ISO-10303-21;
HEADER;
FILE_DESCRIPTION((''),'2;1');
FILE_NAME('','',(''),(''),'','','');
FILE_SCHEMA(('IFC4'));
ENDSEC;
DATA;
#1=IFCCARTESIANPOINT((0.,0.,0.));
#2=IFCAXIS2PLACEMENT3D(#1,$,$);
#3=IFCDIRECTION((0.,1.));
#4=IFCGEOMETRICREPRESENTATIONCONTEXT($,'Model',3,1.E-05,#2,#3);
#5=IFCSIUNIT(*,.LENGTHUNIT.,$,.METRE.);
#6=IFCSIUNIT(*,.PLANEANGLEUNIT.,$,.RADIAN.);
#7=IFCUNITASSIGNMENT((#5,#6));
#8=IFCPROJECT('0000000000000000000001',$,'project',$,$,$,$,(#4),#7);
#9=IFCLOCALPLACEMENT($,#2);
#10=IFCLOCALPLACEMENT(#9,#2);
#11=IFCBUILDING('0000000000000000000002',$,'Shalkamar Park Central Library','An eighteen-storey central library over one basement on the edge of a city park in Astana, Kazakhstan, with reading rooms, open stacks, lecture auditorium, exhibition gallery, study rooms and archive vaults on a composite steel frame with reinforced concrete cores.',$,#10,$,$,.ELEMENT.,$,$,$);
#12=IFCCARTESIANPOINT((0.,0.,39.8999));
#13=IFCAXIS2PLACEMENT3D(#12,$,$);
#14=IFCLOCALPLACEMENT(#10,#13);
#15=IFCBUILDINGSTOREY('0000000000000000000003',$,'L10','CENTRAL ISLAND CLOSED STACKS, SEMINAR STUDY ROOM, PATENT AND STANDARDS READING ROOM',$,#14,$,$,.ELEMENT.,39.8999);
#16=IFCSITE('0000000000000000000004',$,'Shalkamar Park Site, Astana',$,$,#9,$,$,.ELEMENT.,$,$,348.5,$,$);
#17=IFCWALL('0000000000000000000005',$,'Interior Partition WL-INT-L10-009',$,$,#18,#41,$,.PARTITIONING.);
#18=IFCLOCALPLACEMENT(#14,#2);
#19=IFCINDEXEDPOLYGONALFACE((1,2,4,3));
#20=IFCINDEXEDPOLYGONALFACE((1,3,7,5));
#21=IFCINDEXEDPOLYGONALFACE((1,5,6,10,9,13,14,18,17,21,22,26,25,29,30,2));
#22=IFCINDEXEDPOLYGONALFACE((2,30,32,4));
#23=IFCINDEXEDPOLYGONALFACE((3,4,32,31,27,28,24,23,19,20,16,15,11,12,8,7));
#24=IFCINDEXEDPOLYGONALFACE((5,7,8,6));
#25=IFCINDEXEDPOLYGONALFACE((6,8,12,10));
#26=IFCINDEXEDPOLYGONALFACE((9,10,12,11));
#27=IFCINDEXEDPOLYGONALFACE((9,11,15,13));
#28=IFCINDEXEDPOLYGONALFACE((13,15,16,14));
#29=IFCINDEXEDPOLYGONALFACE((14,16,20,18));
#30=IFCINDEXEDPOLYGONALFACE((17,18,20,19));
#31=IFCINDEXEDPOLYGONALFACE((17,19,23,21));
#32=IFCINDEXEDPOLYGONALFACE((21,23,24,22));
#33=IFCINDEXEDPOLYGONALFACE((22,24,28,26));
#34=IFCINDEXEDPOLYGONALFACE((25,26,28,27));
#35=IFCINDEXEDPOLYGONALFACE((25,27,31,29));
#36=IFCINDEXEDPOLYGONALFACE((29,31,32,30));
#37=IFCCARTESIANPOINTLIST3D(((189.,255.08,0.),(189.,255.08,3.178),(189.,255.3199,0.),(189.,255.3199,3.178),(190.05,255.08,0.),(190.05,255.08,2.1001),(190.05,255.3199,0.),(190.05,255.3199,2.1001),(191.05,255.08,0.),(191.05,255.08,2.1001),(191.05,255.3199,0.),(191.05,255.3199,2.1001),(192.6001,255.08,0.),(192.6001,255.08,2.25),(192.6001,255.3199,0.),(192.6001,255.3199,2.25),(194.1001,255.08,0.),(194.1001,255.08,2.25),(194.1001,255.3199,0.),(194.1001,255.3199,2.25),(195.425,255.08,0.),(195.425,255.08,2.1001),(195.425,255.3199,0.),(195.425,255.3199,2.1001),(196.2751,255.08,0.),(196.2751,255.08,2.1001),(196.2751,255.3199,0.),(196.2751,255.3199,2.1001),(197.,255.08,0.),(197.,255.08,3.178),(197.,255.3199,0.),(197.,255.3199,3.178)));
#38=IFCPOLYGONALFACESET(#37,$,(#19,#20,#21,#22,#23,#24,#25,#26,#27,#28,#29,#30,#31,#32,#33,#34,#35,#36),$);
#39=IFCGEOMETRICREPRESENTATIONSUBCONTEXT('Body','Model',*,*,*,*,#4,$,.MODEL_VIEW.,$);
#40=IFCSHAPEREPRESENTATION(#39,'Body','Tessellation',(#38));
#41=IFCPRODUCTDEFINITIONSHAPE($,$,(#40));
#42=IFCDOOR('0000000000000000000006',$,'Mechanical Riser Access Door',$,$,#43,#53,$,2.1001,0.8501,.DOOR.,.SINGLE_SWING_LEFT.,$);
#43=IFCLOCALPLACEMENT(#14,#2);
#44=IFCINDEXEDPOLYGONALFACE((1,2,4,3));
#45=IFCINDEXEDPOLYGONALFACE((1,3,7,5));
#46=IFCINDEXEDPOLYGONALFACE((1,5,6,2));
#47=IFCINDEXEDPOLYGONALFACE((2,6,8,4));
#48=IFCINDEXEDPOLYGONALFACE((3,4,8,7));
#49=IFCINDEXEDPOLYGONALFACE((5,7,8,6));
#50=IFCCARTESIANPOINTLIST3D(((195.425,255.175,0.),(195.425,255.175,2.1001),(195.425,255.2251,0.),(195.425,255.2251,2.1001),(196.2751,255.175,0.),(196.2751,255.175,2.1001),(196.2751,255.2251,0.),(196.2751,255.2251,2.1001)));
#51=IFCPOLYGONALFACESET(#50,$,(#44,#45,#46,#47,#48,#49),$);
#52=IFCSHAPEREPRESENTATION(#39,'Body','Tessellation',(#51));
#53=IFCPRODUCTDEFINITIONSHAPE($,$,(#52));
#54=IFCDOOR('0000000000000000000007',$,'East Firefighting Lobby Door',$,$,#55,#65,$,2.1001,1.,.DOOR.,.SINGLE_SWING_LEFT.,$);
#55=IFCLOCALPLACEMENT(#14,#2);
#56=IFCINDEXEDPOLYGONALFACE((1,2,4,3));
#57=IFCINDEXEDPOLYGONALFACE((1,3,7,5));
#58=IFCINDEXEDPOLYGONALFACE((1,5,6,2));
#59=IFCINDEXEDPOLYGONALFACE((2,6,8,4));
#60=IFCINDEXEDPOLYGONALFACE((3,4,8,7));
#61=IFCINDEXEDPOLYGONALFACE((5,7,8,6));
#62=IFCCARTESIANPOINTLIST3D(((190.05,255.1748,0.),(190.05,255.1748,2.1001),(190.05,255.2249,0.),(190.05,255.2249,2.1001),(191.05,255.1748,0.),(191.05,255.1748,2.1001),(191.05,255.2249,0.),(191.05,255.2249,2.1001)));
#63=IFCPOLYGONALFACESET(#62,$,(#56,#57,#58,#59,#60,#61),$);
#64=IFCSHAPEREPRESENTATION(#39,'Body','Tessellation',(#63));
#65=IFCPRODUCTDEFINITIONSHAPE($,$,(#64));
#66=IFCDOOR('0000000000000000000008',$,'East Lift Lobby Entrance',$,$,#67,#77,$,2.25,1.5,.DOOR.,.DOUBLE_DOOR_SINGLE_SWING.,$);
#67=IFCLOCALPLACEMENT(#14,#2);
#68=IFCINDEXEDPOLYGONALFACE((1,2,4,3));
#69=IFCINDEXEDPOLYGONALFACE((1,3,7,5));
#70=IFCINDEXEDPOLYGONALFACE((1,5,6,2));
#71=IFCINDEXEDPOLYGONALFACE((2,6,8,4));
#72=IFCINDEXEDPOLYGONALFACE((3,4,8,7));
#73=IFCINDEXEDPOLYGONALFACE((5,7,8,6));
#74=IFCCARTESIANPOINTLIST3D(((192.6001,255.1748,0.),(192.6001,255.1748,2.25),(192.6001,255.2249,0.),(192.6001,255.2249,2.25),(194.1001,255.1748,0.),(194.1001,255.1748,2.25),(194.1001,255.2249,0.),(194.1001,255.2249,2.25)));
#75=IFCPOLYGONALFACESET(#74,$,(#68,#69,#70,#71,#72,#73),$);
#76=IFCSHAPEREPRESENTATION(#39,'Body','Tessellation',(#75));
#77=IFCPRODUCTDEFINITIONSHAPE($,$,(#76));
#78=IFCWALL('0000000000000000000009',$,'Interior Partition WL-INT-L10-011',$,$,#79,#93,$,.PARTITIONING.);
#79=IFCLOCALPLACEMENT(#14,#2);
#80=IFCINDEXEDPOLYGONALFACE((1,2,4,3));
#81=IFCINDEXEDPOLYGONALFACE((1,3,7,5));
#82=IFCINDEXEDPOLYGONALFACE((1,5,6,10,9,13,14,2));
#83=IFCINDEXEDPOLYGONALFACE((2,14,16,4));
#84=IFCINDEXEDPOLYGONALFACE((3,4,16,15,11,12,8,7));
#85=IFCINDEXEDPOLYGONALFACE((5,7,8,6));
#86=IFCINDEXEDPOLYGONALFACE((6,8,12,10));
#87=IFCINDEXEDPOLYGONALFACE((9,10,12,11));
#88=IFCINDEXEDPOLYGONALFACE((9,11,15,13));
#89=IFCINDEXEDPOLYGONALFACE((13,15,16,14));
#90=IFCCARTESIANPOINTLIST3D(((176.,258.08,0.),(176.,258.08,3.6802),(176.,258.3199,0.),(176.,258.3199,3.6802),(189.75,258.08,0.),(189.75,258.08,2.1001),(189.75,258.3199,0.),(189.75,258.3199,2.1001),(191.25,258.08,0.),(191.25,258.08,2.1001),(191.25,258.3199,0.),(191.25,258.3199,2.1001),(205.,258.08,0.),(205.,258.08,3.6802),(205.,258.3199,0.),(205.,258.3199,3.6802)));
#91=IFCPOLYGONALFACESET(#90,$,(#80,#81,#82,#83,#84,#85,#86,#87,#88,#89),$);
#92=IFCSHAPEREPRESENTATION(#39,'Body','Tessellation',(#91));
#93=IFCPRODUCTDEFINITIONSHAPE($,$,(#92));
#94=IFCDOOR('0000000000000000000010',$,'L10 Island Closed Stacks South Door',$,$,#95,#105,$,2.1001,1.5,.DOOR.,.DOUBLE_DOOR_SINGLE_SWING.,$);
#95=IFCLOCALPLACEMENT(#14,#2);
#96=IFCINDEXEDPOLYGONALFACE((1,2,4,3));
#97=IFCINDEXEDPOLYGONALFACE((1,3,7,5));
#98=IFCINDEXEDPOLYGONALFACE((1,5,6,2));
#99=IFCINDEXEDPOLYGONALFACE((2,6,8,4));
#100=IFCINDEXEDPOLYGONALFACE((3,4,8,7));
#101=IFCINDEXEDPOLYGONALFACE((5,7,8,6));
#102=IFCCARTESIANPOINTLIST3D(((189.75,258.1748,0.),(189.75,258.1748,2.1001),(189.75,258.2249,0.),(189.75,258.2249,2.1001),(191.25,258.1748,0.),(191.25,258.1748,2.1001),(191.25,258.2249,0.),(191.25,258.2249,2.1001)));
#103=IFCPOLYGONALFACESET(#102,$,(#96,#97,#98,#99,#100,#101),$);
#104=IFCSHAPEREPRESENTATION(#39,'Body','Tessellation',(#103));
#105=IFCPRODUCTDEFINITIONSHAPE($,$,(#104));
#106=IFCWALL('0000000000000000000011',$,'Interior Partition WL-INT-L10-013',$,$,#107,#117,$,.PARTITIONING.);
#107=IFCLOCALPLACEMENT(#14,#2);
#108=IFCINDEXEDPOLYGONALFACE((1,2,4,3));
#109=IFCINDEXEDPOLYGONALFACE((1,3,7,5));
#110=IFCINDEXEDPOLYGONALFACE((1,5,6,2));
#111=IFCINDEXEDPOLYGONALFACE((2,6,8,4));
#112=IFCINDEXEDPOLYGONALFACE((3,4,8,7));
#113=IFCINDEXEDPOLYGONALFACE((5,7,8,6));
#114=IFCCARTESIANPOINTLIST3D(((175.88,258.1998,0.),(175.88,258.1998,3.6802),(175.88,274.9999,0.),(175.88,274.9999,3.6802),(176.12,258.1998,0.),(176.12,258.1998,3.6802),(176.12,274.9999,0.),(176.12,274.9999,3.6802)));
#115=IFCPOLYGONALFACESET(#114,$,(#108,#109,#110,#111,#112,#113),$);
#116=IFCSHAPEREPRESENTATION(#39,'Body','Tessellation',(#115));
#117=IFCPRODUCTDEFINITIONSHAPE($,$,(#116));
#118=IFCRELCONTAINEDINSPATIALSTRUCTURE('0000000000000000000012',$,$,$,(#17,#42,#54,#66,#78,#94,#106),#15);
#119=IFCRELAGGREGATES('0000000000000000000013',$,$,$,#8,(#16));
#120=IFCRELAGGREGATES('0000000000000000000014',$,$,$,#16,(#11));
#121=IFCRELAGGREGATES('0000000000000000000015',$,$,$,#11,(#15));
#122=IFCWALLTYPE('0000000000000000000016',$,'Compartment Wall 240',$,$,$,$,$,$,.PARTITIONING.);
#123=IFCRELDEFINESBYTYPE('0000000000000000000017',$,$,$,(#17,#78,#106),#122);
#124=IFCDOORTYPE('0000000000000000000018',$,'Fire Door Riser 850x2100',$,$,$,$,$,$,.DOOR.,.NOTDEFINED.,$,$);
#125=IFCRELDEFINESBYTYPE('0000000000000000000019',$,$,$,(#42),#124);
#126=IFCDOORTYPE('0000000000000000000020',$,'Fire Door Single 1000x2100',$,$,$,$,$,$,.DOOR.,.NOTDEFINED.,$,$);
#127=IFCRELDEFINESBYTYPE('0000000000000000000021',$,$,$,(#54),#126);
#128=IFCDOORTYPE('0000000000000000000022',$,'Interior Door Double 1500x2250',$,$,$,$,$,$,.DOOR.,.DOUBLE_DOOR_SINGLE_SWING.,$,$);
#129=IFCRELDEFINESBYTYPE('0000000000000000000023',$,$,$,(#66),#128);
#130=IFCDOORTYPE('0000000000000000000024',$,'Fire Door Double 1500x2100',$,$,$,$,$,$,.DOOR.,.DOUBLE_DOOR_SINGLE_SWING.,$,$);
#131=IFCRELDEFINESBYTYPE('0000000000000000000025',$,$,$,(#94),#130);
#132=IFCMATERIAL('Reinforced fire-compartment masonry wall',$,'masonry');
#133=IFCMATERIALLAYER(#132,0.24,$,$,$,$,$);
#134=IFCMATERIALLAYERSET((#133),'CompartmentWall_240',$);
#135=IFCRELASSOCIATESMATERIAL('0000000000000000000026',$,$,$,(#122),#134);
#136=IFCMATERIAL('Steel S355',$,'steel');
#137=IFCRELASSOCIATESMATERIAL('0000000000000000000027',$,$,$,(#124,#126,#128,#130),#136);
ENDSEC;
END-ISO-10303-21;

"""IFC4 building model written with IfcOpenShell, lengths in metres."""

from ifc_helpers import new_model, si_unit, direction, frame, frame_2d, origin, place, context, subcontext, project, spatial, rectangle, extrude, material, layer, layer_set, type_object, element, fill, save


model = new_model("IFC4")

# Units and contexts
model_context = context("Model", 3, precision=1e-05, world=origin(), true_north=direction((0.0, 1.0)))
body_context = subcontext(model_context, "Body", "Model", "MODEL_VIEW")
ifc_project = project(units=[si_unit("LENGTHUNIT", "METRE"), si_unit("PLANEANGLEUNIT", "RADIAN")], contexts=[model_context])

# Site, building, storey
site_placement = place(None, origin())
site = spatial("IfcSite", under=ifc_project, at=site_placement, Name="Shalkamar Park Site, Astana", CompositionType="ELEMENT", RefElevation=348.5)
building_placement = place(site_placement, origin())
building = spatial("IfcBuilding", under=site, at=building_placement, Name="Shalkamar Park Central Library", Description="An eighteen-storey central library over one basement on the edge of a city park in Astana, Kazakhstan, with reading rooms, open stacks, lecture auditorium, exhibition gallery, study rooms and archive vaults on a composite steel frame with reinforced concrete cores.", CompositionType="ELEMENT")
storey_placement = place(building_placement, frame((0.0, 0.0, 39.8999)))
storey = spatial("IfcBuildingStorey", under=building, at=storey_placement, Name="L10", Description="CENTRAL ISLAND CLOSED STACKS, SEMINAR STUDY ROOM, PATENT AND STANDARDS READING ROOM", CompositionType="ELEMENT", Elevation=39.8999)

# Shared definitions
ifc_material_1 = material(Name="Steel S355", Category="steel")

# Wall, openings, doors
ifc_material_2 = material(Name="Reinforced fire-compartment masonry wall", Category="masonry")
ifc_layer_1 = layer(ifc_material_2, 0.24)
ifc_layer_set_1 = layer_set([ifc_layer_1], Name="CompartmentWall_240")
wall_type_1 = type_object("IfcWallType", Name="Compartment Wall 240", PredefinedType="PARTITIONING", material=ifc_layer_set_1)
wall_1_placement = place(storey_placement, frame((189.0, 255.2, 0.0), z_axis=(0.0, 0.0, 1.0), x_axis=(1.0, 0.0, 0.0)))
wall_1 = element("IfcWall", 1, at=wall_1_placement, inside=storey, type_object=wall_type_1, Name="Interior Partition WL-INT-L10-009", PredefinedType="PARTITIONING", context=body_context, shape_type="SweptSolid", body=[
    extrude(rectangle(XDim=8.0, YDim=0.24, at=frame_2d((4.0, 0.0))), origin(), (0.0, 0.0, 1.0), 3.178),
])
opening_1_placement = place(wall_1_placement, frame((1.05, 0.0, 0.0)))
opening_1 = element("IfcOpeningElement", 2, at=opening_1_placement, cuts=wall_1, PredefinedType="OPENING", context=body_context, shape_type="SweptSolid", body=[
    extrude(rectangle(XDim=1.0, YDim=2.1001, at=frame_2d((0.5, 1.05))), frame((0.0, 0.1348, 0.0), z_axis=(0.0, -1.0, 0.0), x_axis=(1.0, 0.0, 0.0)), (0.0, 0.0, 1.0), 0.2698),
])
opening_2_placement = place(wall_1_placement, frame((3.6001, 0.0, 0.0)))
opening_2 = element("IfcOpeningElement", 3, at=opening_2_placement, cuts=wall_1, PredefinedType="OPENING", context=body_context, shape_type="SweptSolid", body=[
    extrude(rectangle(XDim=1.5, YDim=2.25, at=frame_2d((0.75, 1.125))), frame((0.0, 0.1348, 0.0), z_axis=(0.0, -1.0, 0.0), x_axis=(1.0, 0.0, 0.0)), (0.0, 0.0, 1.0), 0.2698),
])
opening_3_placement = place(wall_1_placement, frame((6.425, 0.0, 0.0)))
opening_3 = element("IfcOpeningElement", 4, at=opening_3_placement, cuts=wall_1, PredefinedType="OPENING", context=body_context, shape_type="SweptSolid", body=[
    extrude(rectangle(XDim=0.8501, YDim=2.1001, at=frame_2d((0.425, 1.05))), frame((0.0, 0.1348, 0.0), z_axis=(0.0, -1.0, 0.0), x_axis=(1.0, 0.0, 0.0)), (0.0, 0.0, 1.0), 0.2698),
])
door_type_1 = type_object("IfcDoorType", Name="Fire Door Riser 850x2100", OperationType="NOTDEFINED", PredefinedType="DOOR", material=ifc_material_1)
door_1_placement = place(opening_3_placement, frame((0.8501, 0.0, 0.0), z_axis=(0.0, 0.0, 1.0), x_axis=(-1.0, 0.0, 0.0)))
door_1 = element("IfcDoor", 5, at=door_1_placement, inside=storey, type_object=door_type_1, Name="Mechanical Riser Access Door", OperationType="SINGLE_SWING_LEFT", OverallHeight=2.1001, OverallWidth=0.8501, PredefinedType="DOOR", context=body_context, shape_type="SweptSolid", body=[
    extrude(rectangle(XDim=0.8501, YDim=2.1001, at=frame_2d((0.425, 1.05))), frame((0.0, 0.0249, 0.0), z_axis=(0.0, -1.0, 0.0), x_axis=(1.0, 0.0, 0.0)), (0.0, 0.0, 1.0), 0.05),
])
fill(opening_3, door_1)
door_type_2 = type_object("IfcDoorType", Name="Fire Door Single 1000x2100", OperationType="NOTDEFINED", PredefinedType="DOOR", material=ifc_material_1)
door_2_placement = place(opening_1_placement, origin())
door_2 = element("IfcDoor", 6, at=door_2_placement, inside=storey, type_object=door_type_2, Name="East Firefighting Lobby Door", OperationType="SINGLE_SWING_LEFT", OverallHeight=2.1001, OverallWidth=1.0, PredefinedType="DOOR", context=body_context, shape_type="SweptSolid", body=[
    extrude(rectangle(XDim=1.0, YDim=2.1001, at=frame_2d((0.5, 1.05))), frame((0.0, 0.0249, 0.0), z_axis=(0.0, -1.0, 0.0), x_axis=(1.0, 0.0, 0.0)), (0.0, 0.0, 1.0), 0.05),
])
fill(opening_1, door_2)
door_type_3 = type_object("IfcDoorType", Name="Interior Door Double 1500x2250", OperationType="DOUBLE_DOOR_SINGLE_SWING", PredefinedType="DOOR", material=ifc_material_1)
door_3_placement = place(opening_2_placement, origin())
door_3 = element("IfcDoor", 7, at=door_3_placement, inside=storey, type_object=door_type_3, Name="East Lift Lobby Entrance", OperationType="DOUBLE_DOOR_SINGLE_SWING", OverallHeight=2.25, OverallWidth=1.5, PredefinedType="DOOR", context=body_context, shape_type="SweptSolid", body=[
    extrude(rectangle(XDim=1.5, YDim=2.25, at=frame_2d((0.75, 1.125))), frame((0.0, 0.0249, 0.0), z_axis=(0.0, -1.0, 0.0), x_axis=(1.0, 0.0, 0.0)), (0.0, 0.0, 1.0), 0.05),
])
fill(opening_2, door_3)

# Wall, opening, door
wall_2_placement = place(storey_placement, frame((176.0, 258.2, 0.0), z_axis=(0.0, 0.0, 1.0), x_axis=(1.0, 0.0, 0.0)))
wall_2 = element("IfcWall", 8, at=wall_2_placement, inside=storey, type_object=wall_type_1, Name="Interior Partition WL-INT-L10-011", PredefinedType="PARTITIONING", context=body_context, shape_type="SweptSolid", body=[
    extrude(rectangle(XDim=29.0, YDim=0.24, at=frame_2d((14.5, 0.0))), origin(), (0.0, 0.0, 1.0), 3.6802),
])
opening_4_placement = place(wall_2_placement, frame((13.75, 0.0, 0.0)))
opening_4 = element("IfcOpeningElement", 9, at=opening_4_placement, cuts=wall_2, PredefinedType="OPENING", context=body_context, shape_type="SweptSolid", body=[
    extrude(rectangle(XDim=1.5, YDim=2.1001, at=frame_2d((0.75, 1.05))), frame((0.0, 0.1348, 0.0), z_axis=(0.0, -1.0, 0.0), x_axis=(1.0, 0.0, 0.0)), (0.0, 0.0, 1.0), 0.2698),
])
door_type_4 = type_object("IfcDoorType", Name="Fire Door Double 1500x2100", OperationType="DOUBLE_DOOR_SINGLE_SWING", PredefinedType="DOOR", material=ifc_material_1)
door_4_placement = place(opening_4_placement, origin())
door_4 = element("IfcDoor", 10, at=door_4_placement, inside=storey, type_object=door_type_4, Name="L10 Island Closed Stacks South Door", OperationType="DOUBLE_DOOR_SINGLE_SWING", OverallHeight=2.1001, OverallWidth=1.5, PredefinedType="DOOR", context=body_context, shape_type="SweptSolid", body=[
    extrude(rectangle(XDim=1.5, YDim=2.1001, at=frame_2d((0.75, 1.05))), frame((0.0, 0.0249, 0.0), z_axis=(0.0, -1.0, 0.0), x_axis=(1.0, 0.0, 0.0)), (0.0, 0.0, 1.0), 0.05),
])
fill(opening_4, door_4)

# Wall
wall_3_placement = place(storey_placement, frame((176.0, 258.2, 0.0), z_axis=(0.0, 0.0, 1.0), x_axis=(0.0, 1.0, 0.0)))
element("IfcWall", 11, at=wall_3_placement, inside=storey, type_object=wall_type_1, Name="Interior Partition WL-INT-L10-013", PredefinedType="PARTITIONING", context=body_context, shape_type="SweptSolid", body=[
    extrude(rectangle(XDim=16.8, YDim=0.24, at=frame_2d((8.3999, 0.0))), origin(), (0.0, 0.0, 1.0), 3.6802),
])

save(model, "model.ifc")
